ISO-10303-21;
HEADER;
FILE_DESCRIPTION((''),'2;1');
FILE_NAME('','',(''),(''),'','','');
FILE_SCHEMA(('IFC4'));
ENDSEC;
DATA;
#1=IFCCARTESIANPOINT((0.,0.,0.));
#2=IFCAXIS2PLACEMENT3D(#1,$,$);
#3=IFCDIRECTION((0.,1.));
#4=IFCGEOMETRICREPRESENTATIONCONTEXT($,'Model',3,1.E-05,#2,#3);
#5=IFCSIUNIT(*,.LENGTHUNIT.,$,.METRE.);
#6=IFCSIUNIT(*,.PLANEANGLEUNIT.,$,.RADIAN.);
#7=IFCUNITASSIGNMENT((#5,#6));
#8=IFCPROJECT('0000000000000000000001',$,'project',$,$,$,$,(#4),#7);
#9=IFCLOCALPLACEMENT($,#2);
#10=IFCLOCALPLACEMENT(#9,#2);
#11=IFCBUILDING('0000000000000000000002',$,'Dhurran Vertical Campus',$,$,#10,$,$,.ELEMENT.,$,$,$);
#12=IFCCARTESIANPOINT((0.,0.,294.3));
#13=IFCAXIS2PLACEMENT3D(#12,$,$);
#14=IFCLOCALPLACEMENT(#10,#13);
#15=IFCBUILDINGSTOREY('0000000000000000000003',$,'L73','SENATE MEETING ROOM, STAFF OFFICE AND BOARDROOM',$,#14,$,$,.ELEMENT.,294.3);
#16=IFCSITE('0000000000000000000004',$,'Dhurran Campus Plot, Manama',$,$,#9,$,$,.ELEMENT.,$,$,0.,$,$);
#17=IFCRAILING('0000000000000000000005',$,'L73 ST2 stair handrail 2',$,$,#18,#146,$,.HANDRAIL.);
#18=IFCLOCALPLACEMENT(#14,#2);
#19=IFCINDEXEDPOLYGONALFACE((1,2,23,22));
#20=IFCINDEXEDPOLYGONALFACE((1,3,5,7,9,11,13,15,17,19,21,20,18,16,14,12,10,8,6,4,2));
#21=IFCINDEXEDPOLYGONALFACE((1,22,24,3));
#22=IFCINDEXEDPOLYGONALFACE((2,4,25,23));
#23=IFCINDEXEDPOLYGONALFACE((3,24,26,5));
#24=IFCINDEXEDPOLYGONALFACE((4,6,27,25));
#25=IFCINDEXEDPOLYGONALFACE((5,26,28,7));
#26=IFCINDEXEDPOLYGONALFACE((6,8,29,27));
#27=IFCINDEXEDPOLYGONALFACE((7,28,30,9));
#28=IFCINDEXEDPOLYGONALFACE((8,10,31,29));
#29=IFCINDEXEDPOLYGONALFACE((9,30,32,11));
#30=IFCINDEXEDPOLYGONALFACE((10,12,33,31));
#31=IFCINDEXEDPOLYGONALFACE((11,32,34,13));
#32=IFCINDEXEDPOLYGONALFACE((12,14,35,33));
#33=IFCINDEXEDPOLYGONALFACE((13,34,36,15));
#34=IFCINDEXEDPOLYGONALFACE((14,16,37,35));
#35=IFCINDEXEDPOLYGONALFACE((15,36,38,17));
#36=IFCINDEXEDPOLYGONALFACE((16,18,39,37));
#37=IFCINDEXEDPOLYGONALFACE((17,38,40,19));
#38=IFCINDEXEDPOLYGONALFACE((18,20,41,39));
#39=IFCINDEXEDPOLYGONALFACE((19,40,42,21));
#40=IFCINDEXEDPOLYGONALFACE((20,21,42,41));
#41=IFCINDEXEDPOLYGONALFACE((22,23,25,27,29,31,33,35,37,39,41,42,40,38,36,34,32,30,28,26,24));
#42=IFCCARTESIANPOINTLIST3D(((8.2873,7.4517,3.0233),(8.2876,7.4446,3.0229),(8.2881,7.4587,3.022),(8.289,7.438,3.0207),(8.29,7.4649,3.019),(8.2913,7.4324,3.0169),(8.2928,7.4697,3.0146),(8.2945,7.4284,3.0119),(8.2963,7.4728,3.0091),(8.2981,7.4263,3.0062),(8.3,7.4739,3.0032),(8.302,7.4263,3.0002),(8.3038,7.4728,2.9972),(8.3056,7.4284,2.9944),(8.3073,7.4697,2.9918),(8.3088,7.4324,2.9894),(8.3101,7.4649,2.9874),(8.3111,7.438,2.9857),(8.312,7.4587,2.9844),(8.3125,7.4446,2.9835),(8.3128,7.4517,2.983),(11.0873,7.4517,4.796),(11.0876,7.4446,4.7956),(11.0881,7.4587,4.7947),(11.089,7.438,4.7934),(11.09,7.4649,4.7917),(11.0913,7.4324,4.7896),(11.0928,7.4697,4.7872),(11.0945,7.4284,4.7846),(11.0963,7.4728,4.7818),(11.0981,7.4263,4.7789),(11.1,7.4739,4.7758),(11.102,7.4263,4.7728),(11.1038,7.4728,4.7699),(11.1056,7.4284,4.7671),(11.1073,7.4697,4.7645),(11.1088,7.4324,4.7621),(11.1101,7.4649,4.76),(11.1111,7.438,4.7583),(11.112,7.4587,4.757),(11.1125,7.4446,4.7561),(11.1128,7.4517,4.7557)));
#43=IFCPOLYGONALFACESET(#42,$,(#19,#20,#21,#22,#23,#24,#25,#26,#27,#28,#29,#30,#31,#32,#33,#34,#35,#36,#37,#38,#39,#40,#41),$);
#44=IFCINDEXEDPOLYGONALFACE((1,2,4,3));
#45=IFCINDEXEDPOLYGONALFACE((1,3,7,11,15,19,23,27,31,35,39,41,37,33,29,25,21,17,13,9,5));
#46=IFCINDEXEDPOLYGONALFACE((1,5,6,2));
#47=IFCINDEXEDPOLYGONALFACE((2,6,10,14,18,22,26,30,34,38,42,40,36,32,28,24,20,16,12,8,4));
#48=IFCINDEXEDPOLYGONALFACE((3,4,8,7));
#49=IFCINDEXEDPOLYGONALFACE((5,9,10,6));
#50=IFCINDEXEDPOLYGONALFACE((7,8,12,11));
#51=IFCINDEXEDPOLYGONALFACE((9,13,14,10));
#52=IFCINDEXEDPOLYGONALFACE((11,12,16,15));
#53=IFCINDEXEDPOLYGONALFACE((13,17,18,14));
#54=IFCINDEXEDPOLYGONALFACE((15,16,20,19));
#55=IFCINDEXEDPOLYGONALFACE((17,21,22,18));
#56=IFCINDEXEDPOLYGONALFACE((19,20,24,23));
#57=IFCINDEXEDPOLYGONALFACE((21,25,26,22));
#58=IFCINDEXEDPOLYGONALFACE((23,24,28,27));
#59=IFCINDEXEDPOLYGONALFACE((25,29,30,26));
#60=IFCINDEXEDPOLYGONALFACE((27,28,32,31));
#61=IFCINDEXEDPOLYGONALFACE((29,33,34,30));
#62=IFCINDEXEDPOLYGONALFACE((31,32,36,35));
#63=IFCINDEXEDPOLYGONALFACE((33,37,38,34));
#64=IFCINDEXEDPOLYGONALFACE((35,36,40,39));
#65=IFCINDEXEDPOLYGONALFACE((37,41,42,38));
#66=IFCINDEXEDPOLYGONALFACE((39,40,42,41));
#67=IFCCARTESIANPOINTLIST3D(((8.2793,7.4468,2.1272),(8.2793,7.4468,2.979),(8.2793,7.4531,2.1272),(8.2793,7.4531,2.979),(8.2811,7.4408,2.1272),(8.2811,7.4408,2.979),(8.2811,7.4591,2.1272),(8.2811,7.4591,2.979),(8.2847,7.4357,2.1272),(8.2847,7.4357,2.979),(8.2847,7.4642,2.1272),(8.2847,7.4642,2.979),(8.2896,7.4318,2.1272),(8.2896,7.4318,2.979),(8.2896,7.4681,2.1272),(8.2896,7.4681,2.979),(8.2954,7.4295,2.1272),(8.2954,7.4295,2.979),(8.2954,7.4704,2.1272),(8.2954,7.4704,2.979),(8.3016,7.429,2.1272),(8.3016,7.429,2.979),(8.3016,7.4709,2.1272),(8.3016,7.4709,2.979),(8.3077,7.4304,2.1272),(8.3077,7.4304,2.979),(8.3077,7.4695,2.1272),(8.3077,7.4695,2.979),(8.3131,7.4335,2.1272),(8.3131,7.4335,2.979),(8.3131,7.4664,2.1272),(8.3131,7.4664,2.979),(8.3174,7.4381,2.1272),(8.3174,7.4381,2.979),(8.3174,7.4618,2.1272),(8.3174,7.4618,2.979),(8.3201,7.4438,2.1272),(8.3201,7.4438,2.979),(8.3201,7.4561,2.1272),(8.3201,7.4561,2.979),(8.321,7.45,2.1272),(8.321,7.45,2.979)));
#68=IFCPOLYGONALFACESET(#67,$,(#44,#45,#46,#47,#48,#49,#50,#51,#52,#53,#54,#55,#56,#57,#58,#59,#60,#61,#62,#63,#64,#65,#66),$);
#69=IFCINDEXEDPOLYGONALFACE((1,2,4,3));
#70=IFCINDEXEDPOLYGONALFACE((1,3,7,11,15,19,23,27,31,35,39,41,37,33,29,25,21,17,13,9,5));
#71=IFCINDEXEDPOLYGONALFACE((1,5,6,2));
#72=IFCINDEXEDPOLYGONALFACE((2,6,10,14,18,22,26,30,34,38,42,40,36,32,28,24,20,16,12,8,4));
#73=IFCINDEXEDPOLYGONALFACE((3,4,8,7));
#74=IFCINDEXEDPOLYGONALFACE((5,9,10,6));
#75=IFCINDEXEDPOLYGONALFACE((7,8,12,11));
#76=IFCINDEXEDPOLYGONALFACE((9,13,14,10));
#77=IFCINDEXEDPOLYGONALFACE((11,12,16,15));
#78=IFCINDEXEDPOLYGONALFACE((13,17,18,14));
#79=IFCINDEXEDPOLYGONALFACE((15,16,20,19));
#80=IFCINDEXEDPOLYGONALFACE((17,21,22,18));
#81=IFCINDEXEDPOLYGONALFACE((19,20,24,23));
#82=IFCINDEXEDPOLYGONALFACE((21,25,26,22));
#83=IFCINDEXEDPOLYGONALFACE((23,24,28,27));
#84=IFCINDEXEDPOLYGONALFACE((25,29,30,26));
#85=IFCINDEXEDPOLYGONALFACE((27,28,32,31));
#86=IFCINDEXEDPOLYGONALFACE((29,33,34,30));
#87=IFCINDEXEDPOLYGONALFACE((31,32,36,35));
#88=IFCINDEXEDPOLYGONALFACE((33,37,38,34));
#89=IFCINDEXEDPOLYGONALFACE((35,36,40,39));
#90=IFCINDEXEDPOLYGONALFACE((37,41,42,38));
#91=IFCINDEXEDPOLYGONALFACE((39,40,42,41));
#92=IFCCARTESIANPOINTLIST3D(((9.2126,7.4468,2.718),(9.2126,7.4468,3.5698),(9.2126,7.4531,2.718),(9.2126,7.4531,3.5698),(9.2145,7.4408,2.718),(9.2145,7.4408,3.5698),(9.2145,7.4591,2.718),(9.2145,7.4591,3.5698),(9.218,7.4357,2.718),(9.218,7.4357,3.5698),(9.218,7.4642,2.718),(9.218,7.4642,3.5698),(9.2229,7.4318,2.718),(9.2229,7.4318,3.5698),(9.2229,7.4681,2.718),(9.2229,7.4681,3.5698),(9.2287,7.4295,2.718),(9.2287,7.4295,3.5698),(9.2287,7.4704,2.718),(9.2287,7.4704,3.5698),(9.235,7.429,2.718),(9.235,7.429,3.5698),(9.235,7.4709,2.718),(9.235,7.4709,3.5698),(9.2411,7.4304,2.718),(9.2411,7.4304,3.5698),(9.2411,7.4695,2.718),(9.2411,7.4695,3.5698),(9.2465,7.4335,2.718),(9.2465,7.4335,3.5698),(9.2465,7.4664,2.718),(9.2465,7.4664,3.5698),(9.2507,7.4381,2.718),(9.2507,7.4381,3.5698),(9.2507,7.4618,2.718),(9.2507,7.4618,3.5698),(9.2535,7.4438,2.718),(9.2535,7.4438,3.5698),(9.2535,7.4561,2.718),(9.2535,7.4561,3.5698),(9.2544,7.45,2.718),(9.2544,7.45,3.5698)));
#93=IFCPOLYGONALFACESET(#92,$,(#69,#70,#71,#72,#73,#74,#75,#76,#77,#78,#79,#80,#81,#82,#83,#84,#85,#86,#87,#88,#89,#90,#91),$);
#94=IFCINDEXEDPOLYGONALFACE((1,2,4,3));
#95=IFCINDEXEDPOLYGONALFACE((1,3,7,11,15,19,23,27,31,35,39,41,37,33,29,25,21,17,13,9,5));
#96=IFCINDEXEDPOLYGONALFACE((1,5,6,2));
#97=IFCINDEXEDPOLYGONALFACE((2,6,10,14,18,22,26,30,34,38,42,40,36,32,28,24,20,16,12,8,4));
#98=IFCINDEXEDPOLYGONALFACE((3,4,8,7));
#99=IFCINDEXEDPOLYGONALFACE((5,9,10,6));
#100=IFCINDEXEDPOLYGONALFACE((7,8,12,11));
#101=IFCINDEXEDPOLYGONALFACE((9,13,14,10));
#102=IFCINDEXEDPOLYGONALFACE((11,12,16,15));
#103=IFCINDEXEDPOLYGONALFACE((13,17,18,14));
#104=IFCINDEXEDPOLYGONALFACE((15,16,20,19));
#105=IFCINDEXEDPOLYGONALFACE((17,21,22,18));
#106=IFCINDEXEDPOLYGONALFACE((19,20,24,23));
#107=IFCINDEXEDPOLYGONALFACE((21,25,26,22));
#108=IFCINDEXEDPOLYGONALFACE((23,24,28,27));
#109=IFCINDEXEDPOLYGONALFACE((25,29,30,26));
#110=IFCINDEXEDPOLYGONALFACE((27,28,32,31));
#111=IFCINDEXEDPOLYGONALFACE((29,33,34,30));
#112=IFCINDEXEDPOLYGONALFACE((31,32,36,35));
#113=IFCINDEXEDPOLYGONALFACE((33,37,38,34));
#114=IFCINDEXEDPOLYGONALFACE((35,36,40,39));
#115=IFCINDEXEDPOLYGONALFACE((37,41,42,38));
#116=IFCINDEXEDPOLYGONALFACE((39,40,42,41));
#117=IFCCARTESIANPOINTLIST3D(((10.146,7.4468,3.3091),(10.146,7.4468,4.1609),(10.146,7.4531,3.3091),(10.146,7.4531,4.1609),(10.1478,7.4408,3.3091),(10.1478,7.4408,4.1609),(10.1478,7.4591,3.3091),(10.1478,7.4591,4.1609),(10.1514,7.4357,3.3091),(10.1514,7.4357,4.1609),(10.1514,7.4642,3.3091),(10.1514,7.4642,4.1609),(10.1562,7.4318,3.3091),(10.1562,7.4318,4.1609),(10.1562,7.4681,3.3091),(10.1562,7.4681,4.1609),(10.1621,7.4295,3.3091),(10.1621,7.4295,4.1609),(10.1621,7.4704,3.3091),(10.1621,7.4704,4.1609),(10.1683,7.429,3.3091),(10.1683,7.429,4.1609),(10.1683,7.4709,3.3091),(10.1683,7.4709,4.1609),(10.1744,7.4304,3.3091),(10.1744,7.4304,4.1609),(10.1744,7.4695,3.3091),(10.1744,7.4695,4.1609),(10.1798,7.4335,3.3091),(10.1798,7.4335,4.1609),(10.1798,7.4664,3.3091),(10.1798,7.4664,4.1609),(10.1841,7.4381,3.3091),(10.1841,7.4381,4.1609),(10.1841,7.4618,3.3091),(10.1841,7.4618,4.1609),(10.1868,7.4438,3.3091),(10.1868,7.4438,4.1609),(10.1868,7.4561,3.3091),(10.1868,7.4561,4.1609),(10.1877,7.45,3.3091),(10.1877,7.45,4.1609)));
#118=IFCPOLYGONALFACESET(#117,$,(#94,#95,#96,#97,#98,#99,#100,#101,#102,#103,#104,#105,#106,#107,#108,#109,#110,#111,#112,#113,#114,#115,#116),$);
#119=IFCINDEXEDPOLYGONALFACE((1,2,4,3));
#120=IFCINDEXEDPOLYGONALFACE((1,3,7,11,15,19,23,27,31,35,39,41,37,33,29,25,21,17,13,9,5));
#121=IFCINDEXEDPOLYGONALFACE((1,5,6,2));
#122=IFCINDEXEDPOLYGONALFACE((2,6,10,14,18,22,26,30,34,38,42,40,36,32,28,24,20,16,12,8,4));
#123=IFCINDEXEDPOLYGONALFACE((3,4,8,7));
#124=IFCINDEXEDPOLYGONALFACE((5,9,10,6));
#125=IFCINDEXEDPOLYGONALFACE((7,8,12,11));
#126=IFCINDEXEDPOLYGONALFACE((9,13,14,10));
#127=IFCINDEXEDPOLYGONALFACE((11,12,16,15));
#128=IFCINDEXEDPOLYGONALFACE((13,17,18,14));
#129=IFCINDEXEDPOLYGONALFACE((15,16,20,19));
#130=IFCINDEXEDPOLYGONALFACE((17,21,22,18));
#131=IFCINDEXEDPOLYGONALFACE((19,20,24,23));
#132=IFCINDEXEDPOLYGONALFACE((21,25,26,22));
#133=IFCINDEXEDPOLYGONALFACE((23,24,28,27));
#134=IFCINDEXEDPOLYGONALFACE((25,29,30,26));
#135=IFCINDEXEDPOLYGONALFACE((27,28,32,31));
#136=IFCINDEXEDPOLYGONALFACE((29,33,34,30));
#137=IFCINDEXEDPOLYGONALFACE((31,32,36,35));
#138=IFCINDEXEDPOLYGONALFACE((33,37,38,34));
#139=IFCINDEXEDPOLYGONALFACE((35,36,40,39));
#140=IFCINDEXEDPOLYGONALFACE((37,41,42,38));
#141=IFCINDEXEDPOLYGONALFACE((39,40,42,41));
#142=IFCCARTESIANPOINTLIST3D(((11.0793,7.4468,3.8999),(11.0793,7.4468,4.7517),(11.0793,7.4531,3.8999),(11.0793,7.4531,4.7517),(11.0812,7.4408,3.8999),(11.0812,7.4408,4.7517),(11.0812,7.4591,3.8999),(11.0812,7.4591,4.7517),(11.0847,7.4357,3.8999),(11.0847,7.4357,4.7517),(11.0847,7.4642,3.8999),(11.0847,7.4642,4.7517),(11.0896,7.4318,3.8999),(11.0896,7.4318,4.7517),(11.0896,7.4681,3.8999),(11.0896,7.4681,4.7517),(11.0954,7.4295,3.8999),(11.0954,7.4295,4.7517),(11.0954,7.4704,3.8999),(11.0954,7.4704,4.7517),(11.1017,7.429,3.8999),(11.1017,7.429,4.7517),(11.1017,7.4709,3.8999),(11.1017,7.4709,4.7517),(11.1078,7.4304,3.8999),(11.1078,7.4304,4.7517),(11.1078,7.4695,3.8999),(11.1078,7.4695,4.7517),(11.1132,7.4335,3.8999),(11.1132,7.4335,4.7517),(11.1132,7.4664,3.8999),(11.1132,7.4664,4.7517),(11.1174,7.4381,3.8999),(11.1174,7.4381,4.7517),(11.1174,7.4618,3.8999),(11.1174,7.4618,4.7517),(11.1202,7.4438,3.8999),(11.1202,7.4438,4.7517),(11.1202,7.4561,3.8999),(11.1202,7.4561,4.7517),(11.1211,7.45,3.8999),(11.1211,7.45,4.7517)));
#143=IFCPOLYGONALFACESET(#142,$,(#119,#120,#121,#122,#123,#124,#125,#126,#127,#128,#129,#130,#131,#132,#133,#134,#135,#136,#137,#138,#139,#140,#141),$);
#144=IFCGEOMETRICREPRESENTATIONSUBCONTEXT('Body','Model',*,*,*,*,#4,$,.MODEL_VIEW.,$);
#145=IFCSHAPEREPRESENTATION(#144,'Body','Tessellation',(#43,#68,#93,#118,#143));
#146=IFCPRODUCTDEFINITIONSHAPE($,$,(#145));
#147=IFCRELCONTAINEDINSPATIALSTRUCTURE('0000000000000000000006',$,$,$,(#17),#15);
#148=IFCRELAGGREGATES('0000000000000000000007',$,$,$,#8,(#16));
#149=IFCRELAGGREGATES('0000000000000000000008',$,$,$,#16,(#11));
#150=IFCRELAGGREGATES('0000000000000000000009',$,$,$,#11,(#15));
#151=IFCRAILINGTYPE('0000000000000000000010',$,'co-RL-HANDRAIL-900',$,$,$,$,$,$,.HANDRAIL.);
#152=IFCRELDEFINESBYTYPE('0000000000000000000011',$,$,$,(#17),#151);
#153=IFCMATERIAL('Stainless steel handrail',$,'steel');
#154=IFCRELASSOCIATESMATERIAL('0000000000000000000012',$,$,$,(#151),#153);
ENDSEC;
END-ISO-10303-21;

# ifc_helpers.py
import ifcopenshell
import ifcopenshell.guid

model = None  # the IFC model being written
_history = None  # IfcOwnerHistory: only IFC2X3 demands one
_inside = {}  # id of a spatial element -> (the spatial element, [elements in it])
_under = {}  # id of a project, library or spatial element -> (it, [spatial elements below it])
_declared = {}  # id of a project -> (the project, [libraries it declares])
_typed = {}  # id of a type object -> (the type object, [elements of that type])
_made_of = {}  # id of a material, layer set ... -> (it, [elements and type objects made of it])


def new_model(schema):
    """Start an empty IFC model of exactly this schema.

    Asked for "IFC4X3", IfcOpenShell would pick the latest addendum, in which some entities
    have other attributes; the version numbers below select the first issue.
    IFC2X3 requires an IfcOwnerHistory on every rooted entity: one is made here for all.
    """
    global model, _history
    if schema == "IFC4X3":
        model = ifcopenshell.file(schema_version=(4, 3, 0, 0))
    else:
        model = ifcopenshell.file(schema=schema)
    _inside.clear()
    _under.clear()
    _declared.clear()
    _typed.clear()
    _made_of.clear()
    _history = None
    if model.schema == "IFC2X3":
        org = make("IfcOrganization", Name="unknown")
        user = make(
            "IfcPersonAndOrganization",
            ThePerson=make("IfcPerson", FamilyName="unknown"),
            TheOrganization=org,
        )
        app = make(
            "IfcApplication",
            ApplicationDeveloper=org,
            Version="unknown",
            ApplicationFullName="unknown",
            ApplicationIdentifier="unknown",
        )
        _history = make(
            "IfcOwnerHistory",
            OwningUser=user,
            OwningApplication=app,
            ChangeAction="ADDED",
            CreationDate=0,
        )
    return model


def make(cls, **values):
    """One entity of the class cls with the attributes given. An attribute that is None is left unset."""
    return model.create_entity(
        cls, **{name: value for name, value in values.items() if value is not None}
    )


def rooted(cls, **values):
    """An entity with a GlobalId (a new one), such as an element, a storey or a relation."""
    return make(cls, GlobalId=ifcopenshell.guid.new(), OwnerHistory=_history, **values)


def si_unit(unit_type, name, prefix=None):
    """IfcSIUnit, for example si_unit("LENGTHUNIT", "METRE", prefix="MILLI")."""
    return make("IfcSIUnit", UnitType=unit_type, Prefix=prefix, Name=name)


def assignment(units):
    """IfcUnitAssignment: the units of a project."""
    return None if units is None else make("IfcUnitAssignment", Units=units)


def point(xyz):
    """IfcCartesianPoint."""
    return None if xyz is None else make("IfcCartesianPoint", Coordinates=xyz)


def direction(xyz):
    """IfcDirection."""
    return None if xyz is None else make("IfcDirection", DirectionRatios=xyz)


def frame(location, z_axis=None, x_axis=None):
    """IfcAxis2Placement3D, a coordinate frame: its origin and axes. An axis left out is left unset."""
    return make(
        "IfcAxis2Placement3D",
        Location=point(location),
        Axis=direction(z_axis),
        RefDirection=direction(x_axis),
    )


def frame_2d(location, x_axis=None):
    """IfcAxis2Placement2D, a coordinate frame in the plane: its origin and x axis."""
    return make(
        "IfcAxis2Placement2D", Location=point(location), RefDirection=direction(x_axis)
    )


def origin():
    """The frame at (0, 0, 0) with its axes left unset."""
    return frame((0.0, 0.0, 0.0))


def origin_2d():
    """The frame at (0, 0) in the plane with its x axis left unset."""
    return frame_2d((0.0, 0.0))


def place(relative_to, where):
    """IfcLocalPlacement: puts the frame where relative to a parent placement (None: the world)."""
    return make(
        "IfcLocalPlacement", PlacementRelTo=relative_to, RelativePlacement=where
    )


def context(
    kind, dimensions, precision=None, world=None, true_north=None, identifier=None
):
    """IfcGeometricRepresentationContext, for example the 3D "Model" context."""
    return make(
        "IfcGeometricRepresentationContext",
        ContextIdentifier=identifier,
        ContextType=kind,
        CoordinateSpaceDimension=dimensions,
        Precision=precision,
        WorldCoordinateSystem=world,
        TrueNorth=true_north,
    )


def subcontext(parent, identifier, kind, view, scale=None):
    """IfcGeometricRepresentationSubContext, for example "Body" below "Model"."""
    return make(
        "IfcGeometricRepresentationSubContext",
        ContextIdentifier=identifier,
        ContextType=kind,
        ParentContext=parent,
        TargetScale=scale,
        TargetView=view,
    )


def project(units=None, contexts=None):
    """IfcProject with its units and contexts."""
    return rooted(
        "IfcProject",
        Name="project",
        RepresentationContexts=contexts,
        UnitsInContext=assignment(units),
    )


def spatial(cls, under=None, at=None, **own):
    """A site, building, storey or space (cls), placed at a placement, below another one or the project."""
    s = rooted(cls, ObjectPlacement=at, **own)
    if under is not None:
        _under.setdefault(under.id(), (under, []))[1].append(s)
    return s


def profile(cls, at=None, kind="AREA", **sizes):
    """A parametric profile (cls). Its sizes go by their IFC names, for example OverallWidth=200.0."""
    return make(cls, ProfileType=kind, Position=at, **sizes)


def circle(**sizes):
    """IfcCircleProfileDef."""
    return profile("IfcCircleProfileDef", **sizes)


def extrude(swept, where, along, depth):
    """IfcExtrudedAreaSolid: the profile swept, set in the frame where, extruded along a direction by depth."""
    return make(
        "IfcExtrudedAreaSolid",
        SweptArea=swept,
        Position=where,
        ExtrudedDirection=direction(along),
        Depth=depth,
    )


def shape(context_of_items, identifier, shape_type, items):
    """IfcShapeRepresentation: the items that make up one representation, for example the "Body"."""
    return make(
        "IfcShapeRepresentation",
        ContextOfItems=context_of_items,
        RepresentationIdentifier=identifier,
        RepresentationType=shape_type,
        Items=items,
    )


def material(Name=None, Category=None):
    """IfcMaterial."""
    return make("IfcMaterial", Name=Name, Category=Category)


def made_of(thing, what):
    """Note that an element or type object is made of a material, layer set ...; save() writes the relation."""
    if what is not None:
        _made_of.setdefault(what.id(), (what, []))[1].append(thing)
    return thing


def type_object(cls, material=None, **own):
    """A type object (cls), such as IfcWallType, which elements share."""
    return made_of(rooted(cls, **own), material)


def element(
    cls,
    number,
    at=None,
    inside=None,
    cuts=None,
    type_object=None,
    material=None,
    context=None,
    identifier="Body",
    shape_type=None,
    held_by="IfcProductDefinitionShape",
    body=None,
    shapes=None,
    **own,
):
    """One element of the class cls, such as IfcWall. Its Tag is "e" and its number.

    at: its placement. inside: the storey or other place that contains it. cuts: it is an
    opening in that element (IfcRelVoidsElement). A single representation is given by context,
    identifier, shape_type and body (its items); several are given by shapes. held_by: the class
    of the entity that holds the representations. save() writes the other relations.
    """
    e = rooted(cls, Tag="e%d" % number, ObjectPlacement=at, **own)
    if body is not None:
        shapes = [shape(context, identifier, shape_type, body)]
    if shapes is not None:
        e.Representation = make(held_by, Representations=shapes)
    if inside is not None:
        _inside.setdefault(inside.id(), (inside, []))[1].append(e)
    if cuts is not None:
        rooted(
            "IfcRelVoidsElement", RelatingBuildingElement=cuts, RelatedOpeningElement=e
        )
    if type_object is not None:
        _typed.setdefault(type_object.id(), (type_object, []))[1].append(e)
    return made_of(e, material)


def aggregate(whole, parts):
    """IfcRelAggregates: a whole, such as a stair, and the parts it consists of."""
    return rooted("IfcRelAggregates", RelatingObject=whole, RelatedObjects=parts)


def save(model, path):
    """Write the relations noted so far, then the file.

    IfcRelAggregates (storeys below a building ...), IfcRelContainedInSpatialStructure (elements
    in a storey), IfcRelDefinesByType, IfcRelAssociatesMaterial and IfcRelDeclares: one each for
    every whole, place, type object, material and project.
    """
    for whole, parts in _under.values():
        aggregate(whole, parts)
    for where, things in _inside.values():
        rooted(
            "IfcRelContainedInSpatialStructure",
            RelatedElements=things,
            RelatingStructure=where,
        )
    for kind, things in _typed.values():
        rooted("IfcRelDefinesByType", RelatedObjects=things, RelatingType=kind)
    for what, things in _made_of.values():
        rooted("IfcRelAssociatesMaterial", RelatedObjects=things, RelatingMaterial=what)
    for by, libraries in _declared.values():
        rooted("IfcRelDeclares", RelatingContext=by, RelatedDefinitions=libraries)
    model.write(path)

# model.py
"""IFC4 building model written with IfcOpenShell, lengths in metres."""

from ifc_helpers import new_model, si_unit, direction, frame, origin, origin_2d, place, context, subcontext, project, spatial, circle, extrude, material, type_object, element, save


model = new_model("IFC4")

# Units and contexts
model_context = context("Model", 3, precision=1e-05, world=origin(), true_north=direction((0.0, 1.0)))
body_context = subcontext(model_context, "Body", "Model", "MODEL_VIEW")
ifc_project = project(units=[si_unit("LENGTHUNIT", "METRE"), si_unit("PLANEANGLEUNIT", "RADIAN")], contexts=[model_context])

# Site, building, storey
site_placement = place(None, origin())
site = spatial("IfcSite", under=ifc_project, at=site_placement, Name="Dhurran Campus Plot, Manama", CompositionType="ELEMENT", RefElevation=0.0)
building_placement = place(site_placement, origin())
building = spatial("IfcBuilding", under=site, at=building_placement, Name="Dhurran Vertical Campus", CompositionType="ELEMENT")
storey_placement = place(building_placement, frame((0.0, 0.0, 294.3)))
storey = spatial("IfcBuildingStorey", under=building, at=storey_placement, Name="L73", Description="SENATE MEETING ROOM, STAFF OFFICE AND BOARDROOM", CompositionType="ELEMENT", Elevation=294.3)

# Railing
ifc_material_1 = material(Name="Stainless steel handrail", Category="steel")
railing_type_1 = type_object("IfcRailingType", Name="co-RL-HANDRAIL-900", PredefinedType="HANDRAIL", material=ifc_material_1)
railing_1_placement = place(storey_placement, frame((8.3, 7.45, 2.1272)))
element("IfcRailing", 1, at=railing_1_placement, inside=storey, type_object=railing_type_1, Name="L73 ST2 stair handrail 2", PredefinedType="HANDRAIL", context=body_context, shape_type="SweptSolid", body=[
    extrude(circle(Radius=0.0239, at=origin_2d()), frame((0.0, 0.0, 0.876), z_axis=(0.844909, 0.0, 0.53491), x_axis=(0.0, 1.0, 0.0)), (0.0, 0.0, 1.0), 3.314),
    extrude(circle(Radius=0.021, at=origin_2d()), origin(), (0.0, 0.0, 1.0), 0.8518),
    extrude(circle(Radius=0.021, at=origin_2d()), frame((0.9333, 0.0, 0.5908)), (0.0, 0.0, 1.0), 0.8518),
    extrude(circle(Radius=0.021, at=origin_2d()), frame((1.8667, 0.0, 1.1819)), (0.0, 0.0, 1.0), 0.8518),
    extrude(circle(Radius=0.021, at=origin_2d()), frame((2.8, 0.0, 1.7727)), (0.0, 0.0, 1.0), 0.8518),
])

save(model, "model.ifc")
